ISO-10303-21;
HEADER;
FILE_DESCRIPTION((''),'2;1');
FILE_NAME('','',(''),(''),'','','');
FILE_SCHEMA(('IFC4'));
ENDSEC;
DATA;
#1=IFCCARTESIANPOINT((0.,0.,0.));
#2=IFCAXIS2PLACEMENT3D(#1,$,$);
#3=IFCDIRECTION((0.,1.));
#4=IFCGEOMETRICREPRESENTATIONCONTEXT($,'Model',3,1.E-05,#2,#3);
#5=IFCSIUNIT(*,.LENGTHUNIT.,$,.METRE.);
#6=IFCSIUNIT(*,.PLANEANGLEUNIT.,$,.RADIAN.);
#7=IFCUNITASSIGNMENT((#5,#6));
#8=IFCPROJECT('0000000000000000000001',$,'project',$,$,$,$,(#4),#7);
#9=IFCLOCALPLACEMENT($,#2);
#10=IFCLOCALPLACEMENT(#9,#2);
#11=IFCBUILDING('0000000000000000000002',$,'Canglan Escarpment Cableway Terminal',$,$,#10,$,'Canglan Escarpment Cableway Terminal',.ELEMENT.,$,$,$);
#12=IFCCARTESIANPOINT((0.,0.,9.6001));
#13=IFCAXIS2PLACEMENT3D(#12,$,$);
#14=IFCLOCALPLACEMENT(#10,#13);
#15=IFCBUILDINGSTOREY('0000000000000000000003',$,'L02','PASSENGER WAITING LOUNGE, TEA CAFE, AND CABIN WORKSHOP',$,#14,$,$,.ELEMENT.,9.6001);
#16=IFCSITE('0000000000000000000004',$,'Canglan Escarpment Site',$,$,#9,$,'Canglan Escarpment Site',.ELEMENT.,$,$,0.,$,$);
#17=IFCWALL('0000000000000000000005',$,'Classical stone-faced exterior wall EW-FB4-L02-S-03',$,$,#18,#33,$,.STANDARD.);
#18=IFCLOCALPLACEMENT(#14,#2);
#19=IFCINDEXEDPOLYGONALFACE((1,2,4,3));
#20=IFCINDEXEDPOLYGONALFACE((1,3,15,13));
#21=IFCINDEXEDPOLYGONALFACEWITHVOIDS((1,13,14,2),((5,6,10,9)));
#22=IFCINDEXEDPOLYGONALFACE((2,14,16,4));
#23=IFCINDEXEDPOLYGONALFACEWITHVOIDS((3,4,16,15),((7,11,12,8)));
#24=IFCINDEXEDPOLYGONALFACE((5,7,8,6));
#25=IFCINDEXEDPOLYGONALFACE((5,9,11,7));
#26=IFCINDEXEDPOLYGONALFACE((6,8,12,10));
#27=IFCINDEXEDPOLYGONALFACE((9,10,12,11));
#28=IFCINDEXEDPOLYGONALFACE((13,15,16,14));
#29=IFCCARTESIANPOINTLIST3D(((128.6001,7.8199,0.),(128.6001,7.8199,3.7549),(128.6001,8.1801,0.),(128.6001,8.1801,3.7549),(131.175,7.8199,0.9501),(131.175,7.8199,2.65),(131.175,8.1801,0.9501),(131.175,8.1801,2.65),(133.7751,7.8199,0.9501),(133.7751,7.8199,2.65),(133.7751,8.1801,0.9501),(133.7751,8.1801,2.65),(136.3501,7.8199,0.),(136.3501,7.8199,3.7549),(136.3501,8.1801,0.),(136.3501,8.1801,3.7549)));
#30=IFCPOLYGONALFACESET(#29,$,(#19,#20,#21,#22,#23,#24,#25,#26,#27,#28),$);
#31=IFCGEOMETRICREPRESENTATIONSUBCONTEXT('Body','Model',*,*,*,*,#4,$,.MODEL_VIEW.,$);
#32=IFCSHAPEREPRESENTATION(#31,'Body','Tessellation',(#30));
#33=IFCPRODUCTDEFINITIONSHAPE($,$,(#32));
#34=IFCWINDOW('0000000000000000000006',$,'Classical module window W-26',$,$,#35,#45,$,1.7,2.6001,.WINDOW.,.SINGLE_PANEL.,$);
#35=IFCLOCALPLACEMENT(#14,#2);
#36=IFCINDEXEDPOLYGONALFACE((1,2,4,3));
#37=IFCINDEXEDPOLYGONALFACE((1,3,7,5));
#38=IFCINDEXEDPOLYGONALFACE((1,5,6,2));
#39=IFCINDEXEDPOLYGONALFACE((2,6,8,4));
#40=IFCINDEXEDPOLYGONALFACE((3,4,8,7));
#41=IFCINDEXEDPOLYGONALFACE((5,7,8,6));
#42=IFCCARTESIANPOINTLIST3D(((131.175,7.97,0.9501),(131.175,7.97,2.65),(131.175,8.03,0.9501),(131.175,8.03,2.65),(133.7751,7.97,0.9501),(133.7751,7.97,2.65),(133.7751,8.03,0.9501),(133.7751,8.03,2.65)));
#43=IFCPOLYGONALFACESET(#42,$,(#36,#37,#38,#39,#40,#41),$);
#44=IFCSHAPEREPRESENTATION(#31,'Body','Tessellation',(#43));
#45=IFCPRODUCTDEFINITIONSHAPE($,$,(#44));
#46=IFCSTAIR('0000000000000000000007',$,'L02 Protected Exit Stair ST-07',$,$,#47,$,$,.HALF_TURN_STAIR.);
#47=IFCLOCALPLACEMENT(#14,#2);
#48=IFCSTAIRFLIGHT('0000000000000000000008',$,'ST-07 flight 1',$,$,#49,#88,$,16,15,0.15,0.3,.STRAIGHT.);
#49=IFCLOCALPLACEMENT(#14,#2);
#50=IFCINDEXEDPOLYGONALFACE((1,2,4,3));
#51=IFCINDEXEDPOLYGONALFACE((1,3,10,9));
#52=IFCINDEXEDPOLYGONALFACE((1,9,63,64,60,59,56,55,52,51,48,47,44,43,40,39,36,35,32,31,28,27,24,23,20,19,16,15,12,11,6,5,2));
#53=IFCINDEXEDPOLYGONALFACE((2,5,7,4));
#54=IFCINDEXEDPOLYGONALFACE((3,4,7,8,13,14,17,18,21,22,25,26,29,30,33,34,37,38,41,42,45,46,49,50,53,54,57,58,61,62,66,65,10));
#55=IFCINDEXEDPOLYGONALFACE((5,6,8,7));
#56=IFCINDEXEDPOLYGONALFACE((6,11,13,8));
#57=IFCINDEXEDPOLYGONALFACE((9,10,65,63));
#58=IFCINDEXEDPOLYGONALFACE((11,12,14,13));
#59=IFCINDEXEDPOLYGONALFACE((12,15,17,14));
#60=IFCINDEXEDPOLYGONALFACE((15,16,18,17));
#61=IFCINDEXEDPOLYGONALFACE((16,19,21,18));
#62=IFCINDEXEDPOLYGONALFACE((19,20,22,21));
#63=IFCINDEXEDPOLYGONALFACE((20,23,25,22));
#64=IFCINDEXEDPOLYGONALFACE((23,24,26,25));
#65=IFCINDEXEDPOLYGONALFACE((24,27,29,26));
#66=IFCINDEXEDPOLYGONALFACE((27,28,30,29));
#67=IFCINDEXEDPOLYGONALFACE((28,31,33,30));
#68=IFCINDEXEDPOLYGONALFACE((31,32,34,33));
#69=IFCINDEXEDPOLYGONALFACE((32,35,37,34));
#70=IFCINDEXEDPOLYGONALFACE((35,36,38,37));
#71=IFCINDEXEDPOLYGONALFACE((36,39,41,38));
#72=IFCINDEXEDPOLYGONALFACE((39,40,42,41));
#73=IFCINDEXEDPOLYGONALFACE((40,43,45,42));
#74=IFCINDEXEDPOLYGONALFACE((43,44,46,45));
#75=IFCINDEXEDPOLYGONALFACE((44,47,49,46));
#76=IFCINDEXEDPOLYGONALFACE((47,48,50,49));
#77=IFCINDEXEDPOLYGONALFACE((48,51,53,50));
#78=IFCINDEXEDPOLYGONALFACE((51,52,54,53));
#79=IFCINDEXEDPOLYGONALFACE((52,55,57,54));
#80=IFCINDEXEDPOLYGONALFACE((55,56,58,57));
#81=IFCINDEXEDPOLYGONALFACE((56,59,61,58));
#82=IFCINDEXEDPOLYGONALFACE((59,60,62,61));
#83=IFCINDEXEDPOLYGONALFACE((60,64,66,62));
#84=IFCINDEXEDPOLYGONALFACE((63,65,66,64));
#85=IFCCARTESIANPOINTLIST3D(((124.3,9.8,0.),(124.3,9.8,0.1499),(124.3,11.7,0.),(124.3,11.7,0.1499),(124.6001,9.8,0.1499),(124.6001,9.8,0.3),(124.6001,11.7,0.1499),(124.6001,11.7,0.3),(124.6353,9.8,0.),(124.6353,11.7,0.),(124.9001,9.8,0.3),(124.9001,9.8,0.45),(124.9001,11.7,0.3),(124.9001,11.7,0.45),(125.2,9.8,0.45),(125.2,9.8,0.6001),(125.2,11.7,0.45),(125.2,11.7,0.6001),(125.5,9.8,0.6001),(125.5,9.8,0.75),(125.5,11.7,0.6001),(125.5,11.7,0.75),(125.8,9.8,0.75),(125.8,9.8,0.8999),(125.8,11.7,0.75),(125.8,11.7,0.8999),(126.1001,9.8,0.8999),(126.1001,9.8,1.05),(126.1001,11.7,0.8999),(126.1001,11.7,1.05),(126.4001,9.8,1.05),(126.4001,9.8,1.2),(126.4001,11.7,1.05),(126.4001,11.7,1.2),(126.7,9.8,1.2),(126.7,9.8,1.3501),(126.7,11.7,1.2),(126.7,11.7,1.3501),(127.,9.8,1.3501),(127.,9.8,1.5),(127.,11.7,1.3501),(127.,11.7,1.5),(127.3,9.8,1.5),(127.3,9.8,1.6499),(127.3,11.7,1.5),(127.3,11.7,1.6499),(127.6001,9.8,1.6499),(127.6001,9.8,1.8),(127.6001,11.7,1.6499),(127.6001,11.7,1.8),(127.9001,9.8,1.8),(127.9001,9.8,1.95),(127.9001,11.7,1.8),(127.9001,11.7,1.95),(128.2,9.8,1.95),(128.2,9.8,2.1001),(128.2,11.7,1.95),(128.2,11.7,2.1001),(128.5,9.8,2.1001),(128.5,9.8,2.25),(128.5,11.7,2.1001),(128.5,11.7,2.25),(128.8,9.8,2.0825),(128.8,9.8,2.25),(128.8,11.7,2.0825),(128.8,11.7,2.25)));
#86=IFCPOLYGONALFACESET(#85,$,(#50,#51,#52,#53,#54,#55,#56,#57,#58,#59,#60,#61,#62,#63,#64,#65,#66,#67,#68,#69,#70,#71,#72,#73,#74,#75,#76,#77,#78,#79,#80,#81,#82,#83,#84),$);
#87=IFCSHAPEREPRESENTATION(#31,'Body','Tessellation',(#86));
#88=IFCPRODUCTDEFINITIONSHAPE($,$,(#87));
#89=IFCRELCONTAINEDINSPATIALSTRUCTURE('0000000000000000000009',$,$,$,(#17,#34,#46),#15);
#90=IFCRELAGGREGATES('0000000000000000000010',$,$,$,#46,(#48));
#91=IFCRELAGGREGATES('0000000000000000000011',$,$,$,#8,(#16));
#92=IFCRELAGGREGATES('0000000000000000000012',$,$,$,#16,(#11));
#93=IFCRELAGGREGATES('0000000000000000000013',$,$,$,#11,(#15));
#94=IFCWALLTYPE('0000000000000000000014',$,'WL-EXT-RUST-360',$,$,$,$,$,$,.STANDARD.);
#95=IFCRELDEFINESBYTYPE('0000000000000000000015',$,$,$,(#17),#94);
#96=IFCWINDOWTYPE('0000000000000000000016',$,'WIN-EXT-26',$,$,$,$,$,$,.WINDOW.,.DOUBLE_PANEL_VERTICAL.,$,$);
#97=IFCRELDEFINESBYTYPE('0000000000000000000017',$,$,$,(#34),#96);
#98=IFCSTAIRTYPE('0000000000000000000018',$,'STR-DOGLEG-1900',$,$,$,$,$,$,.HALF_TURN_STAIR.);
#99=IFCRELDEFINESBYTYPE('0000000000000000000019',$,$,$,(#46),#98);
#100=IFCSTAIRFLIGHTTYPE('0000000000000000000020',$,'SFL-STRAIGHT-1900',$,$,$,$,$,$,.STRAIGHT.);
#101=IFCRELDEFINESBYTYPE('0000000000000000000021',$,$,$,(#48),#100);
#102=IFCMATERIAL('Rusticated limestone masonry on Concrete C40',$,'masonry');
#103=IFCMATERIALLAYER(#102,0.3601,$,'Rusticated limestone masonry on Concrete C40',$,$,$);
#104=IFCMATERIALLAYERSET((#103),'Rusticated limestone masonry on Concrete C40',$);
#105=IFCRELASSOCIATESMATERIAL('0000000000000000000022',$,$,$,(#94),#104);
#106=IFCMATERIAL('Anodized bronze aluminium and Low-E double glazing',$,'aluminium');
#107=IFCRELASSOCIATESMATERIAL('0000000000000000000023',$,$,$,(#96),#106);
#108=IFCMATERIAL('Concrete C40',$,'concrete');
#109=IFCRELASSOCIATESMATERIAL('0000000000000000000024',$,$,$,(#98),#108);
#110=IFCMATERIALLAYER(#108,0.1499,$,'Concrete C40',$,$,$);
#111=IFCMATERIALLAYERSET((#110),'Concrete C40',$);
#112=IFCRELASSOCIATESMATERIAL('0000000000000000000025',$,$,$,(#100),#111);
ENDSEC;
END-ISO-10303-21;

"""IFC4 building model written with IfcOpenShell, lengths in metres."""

from ifc_helpers import new_model, si_unit, direction, frame, frame_2d, origin, place, context, subcontext, project, spatial, polyline, rectangle, outline, extrude, material, layer, layer_set, type_object, element, fill, aggregate, save


model = new_model("IFC4")

# Units and contexts
model_context = context("Model", 3, precision=1e-05, world=origin(), true_north=direction((0.0, 1.0)))
body_context = subcontext(model_context, "Body", "Model", "MODEL_VIEW")
ifc_project = project(units=[si_unit("LENGTHUNIT", "METRE"), si_unit("PLANEANGLEUNIT", "RADIAN")], contexts=[model_context])

# Site, building, storey
site_placement = place(None, origin())
site = spatial("IfcSite", under=ifc_project, at=site_placement, Name="Canglan Escarpment Site", LongName="Canglan Escarpment Site", CompositionType="ELEMENT", RefElevation=0.0)
building_placement = place(site_placement, origin())
building = spatial("IfcBuilding", under=site, at=building_placement, Name="Canglan Escarpment Cableway Terminal", LongName="Canglan Escarpment Cableway Terminal", CompositionType="ELEMENT")
storey_placement = place(building_placement, frame((0.0, 0.0, 9.6001)))
storey = spatial("IfcBuildingStorey", under=building, at=storey_placement, Name="L02", Description="PASSENGER WAITING LOUNGE, TEA CAFE, AND CABIN WORKSHOP", CompositionType="ELEMENT", Elevation=9.6001)

# Shared definitions
ifc_material_1 = material(Name="Concrete C40", Category="concrete")

# Shared definitions
ifc_material_2 = material(Name="Anodized bronze aluminium and Low-E double glazing", Category="aluminium")

# Wall, opening, window
ifc_material_3 = material(Name="Rusticated limestone masonry on Concrete C40", Category="masonry")
ifc_layer_1 = layer(ifc_material_3, 0.3601, Name="Rusticated limestone masonry on Concrete C40")
ifc_layer_set_1 = layer_set([ifc_layer_1], Name="Rusticated limestone masonry on Concrete C40")
wall_type_1 = type_object("IfcWallType", Name="WL-EXT-RUST-360", PredefinedType="STANDARD", material=ifc_layer_set_1)
wall_1_placement = place(storey_placement, frame((128.6001, 8.0, 0.0), z_axis=(0.0, 0.0, 1.0), x_axis=(1.0, 0.0, 0.0)))
wall_1 = element("IfcWall", 1, at=wall_1_placement, inside=storey, type_object=wall_type_1, Name="Classical stone-faced exterior wall EW-FB4-L02-S-03", PredefinedType="STANDARD", context=body_context, shape_type="SweptSolid", body=[
    extrude(rectangle(XDim=7.75, YDim=0.3601, at=frame_2d((3.875, 0.0))), origin(), (0.0, 0.0, 1.0), 3.7549),
])
opening_placement = place(wall_1_placement, frame((2.575, 0.0, 0.95)))
opening = element("IfcOpeningElement", 2, at=opening_placement, cuts=wall_1, PredefinedType="OPENING", context=body_context, shape_type="SweptSolid", body=[
    extrude(rectangle(XDim=2.6001, YDim=1.7, at=frame_2d((1.3, 0.8501))), frame((0.0, 0.1899, 0.0), z_axis=(0.0, -1.0, 0.0), x_axis=(1.0, 0.0, 0.0)), (0.0, 0.0, 1.0), 0.3801),
])
window_type = type_object("IfcWindowType", Name="WIN-EXT-26", PartitioningType="DOUBLE_PANEL_VERTICAL", PredefinedType="WINDOW", material=ifc_material_2)
window_placement = place(opening_placement, origin())
window = element("IfcWindow", 3, at=window_placement, inside=storey, type_object=window_type, Name="Classical module window W-26", OverallHeight=1.7, OverallWidth=2.6001, PartitioningType="SINGLE_PANEL", PredefinedType="WINDOW", context=body_context, shape_type="SweptSolid", body=[
    extrude(rectangle(XDim=2.6001, YDim=1.7, at=frame_2d((1.3, 0.8501))), frame((0.0, 0.03, 0.0), z_axis=(0.0, -1.0, 0.0), x_axis=(1.0, 0.0, 0.0)), (0.0, 0.0, 1.0), 0.0601),
])
fill(opening, window)

# Stair, stair flight
stair_type = type_object("IfcStairType", Name="STR-DOGLEG-1900", PredefinedType="HALF_TURN_STAIR", material=ifc_material_1)
stair_placement = place(storey_placement, origin())
stair = element("IfcStair", 4, at=stair_placement, inside=storey, type_object=stair_type, Name="L02 Protected Exit Stair ST-07", PredefinedType="HALF_TURN_STAIR")
ifc_layer_2 = layer(ifc_material_1, 0.1499, Name="Concrete C40")
ifc_layer_set_2 = layer_set([ifc_layer_2], Name="Concrete C40")
stair_flight_type = type_object("IfcStairFlightType", Name="SFL-STRAIGHT-1900", PredefinedType="STRAIGHT", material=ifc_layer_set_2)
stair_flight_placement = place(storey_placement, frame((124.3, 10.75, 0.0), z_axis=(0.0, 0.0, 1.0), x_axis=(1.0, 0.0, 0.0)))
stair_flight = element("IfcStairFlight", 5, at=stair_flight_placement, type_object=stair_flight_type, Name="ST-07 flight 1", NumberOfRisers=16, NumberOfTreads=15, PredefinedType="STRAIGHT", RiserHeight=0.15, TreadLength=0.3, context=body_context, shape_type="SweptSolid", body=[
    extrude(outline(polyline([(0.0, 0.0), (0.0, 0.1499), (0.3, 0.1499), (0.3, 0.3), (0.6001, 0.3), (0.6001, 0.45), (0.8999, 0.45), (0.8999, 0.6001), (1.2, 0.6001), (1.2, 0.75), (1.5, 0.75), (1.5, 0.8999), (1.8, 0.8999), (1.8, 1.05), (2.1001, 1.05), (2.1001, 1.2), (2.3999, 1.2), (2.3999, 1.3501), (2.7, 1.3501), (2.7, 1.5), (3.0, 1.5), (3.0, 1.6499), (3.3, 1.6499), (3.3, 1.8), (3.6001, 1.8), (3.6001, 1.95), (3.8999, 1.95), (3.8999, 2.1001), (4.2, 2.1001), (4.2, 2.25), (4.5, 2.25), (4.5, 2.3999), (4.5, 2.0825), (0.3352, 0.0), (0.0, 0.0)])), frame((0.0, 0.95, 0.0), z_axis=(0.0, -1.0, 0.0), x_axis=(1.0, 0.0, 0.0)), (0.0, 0.0, 1.0), 1.8999),
])
aggregate(stair, [stair_flight])

save(model, "model.ifc")
